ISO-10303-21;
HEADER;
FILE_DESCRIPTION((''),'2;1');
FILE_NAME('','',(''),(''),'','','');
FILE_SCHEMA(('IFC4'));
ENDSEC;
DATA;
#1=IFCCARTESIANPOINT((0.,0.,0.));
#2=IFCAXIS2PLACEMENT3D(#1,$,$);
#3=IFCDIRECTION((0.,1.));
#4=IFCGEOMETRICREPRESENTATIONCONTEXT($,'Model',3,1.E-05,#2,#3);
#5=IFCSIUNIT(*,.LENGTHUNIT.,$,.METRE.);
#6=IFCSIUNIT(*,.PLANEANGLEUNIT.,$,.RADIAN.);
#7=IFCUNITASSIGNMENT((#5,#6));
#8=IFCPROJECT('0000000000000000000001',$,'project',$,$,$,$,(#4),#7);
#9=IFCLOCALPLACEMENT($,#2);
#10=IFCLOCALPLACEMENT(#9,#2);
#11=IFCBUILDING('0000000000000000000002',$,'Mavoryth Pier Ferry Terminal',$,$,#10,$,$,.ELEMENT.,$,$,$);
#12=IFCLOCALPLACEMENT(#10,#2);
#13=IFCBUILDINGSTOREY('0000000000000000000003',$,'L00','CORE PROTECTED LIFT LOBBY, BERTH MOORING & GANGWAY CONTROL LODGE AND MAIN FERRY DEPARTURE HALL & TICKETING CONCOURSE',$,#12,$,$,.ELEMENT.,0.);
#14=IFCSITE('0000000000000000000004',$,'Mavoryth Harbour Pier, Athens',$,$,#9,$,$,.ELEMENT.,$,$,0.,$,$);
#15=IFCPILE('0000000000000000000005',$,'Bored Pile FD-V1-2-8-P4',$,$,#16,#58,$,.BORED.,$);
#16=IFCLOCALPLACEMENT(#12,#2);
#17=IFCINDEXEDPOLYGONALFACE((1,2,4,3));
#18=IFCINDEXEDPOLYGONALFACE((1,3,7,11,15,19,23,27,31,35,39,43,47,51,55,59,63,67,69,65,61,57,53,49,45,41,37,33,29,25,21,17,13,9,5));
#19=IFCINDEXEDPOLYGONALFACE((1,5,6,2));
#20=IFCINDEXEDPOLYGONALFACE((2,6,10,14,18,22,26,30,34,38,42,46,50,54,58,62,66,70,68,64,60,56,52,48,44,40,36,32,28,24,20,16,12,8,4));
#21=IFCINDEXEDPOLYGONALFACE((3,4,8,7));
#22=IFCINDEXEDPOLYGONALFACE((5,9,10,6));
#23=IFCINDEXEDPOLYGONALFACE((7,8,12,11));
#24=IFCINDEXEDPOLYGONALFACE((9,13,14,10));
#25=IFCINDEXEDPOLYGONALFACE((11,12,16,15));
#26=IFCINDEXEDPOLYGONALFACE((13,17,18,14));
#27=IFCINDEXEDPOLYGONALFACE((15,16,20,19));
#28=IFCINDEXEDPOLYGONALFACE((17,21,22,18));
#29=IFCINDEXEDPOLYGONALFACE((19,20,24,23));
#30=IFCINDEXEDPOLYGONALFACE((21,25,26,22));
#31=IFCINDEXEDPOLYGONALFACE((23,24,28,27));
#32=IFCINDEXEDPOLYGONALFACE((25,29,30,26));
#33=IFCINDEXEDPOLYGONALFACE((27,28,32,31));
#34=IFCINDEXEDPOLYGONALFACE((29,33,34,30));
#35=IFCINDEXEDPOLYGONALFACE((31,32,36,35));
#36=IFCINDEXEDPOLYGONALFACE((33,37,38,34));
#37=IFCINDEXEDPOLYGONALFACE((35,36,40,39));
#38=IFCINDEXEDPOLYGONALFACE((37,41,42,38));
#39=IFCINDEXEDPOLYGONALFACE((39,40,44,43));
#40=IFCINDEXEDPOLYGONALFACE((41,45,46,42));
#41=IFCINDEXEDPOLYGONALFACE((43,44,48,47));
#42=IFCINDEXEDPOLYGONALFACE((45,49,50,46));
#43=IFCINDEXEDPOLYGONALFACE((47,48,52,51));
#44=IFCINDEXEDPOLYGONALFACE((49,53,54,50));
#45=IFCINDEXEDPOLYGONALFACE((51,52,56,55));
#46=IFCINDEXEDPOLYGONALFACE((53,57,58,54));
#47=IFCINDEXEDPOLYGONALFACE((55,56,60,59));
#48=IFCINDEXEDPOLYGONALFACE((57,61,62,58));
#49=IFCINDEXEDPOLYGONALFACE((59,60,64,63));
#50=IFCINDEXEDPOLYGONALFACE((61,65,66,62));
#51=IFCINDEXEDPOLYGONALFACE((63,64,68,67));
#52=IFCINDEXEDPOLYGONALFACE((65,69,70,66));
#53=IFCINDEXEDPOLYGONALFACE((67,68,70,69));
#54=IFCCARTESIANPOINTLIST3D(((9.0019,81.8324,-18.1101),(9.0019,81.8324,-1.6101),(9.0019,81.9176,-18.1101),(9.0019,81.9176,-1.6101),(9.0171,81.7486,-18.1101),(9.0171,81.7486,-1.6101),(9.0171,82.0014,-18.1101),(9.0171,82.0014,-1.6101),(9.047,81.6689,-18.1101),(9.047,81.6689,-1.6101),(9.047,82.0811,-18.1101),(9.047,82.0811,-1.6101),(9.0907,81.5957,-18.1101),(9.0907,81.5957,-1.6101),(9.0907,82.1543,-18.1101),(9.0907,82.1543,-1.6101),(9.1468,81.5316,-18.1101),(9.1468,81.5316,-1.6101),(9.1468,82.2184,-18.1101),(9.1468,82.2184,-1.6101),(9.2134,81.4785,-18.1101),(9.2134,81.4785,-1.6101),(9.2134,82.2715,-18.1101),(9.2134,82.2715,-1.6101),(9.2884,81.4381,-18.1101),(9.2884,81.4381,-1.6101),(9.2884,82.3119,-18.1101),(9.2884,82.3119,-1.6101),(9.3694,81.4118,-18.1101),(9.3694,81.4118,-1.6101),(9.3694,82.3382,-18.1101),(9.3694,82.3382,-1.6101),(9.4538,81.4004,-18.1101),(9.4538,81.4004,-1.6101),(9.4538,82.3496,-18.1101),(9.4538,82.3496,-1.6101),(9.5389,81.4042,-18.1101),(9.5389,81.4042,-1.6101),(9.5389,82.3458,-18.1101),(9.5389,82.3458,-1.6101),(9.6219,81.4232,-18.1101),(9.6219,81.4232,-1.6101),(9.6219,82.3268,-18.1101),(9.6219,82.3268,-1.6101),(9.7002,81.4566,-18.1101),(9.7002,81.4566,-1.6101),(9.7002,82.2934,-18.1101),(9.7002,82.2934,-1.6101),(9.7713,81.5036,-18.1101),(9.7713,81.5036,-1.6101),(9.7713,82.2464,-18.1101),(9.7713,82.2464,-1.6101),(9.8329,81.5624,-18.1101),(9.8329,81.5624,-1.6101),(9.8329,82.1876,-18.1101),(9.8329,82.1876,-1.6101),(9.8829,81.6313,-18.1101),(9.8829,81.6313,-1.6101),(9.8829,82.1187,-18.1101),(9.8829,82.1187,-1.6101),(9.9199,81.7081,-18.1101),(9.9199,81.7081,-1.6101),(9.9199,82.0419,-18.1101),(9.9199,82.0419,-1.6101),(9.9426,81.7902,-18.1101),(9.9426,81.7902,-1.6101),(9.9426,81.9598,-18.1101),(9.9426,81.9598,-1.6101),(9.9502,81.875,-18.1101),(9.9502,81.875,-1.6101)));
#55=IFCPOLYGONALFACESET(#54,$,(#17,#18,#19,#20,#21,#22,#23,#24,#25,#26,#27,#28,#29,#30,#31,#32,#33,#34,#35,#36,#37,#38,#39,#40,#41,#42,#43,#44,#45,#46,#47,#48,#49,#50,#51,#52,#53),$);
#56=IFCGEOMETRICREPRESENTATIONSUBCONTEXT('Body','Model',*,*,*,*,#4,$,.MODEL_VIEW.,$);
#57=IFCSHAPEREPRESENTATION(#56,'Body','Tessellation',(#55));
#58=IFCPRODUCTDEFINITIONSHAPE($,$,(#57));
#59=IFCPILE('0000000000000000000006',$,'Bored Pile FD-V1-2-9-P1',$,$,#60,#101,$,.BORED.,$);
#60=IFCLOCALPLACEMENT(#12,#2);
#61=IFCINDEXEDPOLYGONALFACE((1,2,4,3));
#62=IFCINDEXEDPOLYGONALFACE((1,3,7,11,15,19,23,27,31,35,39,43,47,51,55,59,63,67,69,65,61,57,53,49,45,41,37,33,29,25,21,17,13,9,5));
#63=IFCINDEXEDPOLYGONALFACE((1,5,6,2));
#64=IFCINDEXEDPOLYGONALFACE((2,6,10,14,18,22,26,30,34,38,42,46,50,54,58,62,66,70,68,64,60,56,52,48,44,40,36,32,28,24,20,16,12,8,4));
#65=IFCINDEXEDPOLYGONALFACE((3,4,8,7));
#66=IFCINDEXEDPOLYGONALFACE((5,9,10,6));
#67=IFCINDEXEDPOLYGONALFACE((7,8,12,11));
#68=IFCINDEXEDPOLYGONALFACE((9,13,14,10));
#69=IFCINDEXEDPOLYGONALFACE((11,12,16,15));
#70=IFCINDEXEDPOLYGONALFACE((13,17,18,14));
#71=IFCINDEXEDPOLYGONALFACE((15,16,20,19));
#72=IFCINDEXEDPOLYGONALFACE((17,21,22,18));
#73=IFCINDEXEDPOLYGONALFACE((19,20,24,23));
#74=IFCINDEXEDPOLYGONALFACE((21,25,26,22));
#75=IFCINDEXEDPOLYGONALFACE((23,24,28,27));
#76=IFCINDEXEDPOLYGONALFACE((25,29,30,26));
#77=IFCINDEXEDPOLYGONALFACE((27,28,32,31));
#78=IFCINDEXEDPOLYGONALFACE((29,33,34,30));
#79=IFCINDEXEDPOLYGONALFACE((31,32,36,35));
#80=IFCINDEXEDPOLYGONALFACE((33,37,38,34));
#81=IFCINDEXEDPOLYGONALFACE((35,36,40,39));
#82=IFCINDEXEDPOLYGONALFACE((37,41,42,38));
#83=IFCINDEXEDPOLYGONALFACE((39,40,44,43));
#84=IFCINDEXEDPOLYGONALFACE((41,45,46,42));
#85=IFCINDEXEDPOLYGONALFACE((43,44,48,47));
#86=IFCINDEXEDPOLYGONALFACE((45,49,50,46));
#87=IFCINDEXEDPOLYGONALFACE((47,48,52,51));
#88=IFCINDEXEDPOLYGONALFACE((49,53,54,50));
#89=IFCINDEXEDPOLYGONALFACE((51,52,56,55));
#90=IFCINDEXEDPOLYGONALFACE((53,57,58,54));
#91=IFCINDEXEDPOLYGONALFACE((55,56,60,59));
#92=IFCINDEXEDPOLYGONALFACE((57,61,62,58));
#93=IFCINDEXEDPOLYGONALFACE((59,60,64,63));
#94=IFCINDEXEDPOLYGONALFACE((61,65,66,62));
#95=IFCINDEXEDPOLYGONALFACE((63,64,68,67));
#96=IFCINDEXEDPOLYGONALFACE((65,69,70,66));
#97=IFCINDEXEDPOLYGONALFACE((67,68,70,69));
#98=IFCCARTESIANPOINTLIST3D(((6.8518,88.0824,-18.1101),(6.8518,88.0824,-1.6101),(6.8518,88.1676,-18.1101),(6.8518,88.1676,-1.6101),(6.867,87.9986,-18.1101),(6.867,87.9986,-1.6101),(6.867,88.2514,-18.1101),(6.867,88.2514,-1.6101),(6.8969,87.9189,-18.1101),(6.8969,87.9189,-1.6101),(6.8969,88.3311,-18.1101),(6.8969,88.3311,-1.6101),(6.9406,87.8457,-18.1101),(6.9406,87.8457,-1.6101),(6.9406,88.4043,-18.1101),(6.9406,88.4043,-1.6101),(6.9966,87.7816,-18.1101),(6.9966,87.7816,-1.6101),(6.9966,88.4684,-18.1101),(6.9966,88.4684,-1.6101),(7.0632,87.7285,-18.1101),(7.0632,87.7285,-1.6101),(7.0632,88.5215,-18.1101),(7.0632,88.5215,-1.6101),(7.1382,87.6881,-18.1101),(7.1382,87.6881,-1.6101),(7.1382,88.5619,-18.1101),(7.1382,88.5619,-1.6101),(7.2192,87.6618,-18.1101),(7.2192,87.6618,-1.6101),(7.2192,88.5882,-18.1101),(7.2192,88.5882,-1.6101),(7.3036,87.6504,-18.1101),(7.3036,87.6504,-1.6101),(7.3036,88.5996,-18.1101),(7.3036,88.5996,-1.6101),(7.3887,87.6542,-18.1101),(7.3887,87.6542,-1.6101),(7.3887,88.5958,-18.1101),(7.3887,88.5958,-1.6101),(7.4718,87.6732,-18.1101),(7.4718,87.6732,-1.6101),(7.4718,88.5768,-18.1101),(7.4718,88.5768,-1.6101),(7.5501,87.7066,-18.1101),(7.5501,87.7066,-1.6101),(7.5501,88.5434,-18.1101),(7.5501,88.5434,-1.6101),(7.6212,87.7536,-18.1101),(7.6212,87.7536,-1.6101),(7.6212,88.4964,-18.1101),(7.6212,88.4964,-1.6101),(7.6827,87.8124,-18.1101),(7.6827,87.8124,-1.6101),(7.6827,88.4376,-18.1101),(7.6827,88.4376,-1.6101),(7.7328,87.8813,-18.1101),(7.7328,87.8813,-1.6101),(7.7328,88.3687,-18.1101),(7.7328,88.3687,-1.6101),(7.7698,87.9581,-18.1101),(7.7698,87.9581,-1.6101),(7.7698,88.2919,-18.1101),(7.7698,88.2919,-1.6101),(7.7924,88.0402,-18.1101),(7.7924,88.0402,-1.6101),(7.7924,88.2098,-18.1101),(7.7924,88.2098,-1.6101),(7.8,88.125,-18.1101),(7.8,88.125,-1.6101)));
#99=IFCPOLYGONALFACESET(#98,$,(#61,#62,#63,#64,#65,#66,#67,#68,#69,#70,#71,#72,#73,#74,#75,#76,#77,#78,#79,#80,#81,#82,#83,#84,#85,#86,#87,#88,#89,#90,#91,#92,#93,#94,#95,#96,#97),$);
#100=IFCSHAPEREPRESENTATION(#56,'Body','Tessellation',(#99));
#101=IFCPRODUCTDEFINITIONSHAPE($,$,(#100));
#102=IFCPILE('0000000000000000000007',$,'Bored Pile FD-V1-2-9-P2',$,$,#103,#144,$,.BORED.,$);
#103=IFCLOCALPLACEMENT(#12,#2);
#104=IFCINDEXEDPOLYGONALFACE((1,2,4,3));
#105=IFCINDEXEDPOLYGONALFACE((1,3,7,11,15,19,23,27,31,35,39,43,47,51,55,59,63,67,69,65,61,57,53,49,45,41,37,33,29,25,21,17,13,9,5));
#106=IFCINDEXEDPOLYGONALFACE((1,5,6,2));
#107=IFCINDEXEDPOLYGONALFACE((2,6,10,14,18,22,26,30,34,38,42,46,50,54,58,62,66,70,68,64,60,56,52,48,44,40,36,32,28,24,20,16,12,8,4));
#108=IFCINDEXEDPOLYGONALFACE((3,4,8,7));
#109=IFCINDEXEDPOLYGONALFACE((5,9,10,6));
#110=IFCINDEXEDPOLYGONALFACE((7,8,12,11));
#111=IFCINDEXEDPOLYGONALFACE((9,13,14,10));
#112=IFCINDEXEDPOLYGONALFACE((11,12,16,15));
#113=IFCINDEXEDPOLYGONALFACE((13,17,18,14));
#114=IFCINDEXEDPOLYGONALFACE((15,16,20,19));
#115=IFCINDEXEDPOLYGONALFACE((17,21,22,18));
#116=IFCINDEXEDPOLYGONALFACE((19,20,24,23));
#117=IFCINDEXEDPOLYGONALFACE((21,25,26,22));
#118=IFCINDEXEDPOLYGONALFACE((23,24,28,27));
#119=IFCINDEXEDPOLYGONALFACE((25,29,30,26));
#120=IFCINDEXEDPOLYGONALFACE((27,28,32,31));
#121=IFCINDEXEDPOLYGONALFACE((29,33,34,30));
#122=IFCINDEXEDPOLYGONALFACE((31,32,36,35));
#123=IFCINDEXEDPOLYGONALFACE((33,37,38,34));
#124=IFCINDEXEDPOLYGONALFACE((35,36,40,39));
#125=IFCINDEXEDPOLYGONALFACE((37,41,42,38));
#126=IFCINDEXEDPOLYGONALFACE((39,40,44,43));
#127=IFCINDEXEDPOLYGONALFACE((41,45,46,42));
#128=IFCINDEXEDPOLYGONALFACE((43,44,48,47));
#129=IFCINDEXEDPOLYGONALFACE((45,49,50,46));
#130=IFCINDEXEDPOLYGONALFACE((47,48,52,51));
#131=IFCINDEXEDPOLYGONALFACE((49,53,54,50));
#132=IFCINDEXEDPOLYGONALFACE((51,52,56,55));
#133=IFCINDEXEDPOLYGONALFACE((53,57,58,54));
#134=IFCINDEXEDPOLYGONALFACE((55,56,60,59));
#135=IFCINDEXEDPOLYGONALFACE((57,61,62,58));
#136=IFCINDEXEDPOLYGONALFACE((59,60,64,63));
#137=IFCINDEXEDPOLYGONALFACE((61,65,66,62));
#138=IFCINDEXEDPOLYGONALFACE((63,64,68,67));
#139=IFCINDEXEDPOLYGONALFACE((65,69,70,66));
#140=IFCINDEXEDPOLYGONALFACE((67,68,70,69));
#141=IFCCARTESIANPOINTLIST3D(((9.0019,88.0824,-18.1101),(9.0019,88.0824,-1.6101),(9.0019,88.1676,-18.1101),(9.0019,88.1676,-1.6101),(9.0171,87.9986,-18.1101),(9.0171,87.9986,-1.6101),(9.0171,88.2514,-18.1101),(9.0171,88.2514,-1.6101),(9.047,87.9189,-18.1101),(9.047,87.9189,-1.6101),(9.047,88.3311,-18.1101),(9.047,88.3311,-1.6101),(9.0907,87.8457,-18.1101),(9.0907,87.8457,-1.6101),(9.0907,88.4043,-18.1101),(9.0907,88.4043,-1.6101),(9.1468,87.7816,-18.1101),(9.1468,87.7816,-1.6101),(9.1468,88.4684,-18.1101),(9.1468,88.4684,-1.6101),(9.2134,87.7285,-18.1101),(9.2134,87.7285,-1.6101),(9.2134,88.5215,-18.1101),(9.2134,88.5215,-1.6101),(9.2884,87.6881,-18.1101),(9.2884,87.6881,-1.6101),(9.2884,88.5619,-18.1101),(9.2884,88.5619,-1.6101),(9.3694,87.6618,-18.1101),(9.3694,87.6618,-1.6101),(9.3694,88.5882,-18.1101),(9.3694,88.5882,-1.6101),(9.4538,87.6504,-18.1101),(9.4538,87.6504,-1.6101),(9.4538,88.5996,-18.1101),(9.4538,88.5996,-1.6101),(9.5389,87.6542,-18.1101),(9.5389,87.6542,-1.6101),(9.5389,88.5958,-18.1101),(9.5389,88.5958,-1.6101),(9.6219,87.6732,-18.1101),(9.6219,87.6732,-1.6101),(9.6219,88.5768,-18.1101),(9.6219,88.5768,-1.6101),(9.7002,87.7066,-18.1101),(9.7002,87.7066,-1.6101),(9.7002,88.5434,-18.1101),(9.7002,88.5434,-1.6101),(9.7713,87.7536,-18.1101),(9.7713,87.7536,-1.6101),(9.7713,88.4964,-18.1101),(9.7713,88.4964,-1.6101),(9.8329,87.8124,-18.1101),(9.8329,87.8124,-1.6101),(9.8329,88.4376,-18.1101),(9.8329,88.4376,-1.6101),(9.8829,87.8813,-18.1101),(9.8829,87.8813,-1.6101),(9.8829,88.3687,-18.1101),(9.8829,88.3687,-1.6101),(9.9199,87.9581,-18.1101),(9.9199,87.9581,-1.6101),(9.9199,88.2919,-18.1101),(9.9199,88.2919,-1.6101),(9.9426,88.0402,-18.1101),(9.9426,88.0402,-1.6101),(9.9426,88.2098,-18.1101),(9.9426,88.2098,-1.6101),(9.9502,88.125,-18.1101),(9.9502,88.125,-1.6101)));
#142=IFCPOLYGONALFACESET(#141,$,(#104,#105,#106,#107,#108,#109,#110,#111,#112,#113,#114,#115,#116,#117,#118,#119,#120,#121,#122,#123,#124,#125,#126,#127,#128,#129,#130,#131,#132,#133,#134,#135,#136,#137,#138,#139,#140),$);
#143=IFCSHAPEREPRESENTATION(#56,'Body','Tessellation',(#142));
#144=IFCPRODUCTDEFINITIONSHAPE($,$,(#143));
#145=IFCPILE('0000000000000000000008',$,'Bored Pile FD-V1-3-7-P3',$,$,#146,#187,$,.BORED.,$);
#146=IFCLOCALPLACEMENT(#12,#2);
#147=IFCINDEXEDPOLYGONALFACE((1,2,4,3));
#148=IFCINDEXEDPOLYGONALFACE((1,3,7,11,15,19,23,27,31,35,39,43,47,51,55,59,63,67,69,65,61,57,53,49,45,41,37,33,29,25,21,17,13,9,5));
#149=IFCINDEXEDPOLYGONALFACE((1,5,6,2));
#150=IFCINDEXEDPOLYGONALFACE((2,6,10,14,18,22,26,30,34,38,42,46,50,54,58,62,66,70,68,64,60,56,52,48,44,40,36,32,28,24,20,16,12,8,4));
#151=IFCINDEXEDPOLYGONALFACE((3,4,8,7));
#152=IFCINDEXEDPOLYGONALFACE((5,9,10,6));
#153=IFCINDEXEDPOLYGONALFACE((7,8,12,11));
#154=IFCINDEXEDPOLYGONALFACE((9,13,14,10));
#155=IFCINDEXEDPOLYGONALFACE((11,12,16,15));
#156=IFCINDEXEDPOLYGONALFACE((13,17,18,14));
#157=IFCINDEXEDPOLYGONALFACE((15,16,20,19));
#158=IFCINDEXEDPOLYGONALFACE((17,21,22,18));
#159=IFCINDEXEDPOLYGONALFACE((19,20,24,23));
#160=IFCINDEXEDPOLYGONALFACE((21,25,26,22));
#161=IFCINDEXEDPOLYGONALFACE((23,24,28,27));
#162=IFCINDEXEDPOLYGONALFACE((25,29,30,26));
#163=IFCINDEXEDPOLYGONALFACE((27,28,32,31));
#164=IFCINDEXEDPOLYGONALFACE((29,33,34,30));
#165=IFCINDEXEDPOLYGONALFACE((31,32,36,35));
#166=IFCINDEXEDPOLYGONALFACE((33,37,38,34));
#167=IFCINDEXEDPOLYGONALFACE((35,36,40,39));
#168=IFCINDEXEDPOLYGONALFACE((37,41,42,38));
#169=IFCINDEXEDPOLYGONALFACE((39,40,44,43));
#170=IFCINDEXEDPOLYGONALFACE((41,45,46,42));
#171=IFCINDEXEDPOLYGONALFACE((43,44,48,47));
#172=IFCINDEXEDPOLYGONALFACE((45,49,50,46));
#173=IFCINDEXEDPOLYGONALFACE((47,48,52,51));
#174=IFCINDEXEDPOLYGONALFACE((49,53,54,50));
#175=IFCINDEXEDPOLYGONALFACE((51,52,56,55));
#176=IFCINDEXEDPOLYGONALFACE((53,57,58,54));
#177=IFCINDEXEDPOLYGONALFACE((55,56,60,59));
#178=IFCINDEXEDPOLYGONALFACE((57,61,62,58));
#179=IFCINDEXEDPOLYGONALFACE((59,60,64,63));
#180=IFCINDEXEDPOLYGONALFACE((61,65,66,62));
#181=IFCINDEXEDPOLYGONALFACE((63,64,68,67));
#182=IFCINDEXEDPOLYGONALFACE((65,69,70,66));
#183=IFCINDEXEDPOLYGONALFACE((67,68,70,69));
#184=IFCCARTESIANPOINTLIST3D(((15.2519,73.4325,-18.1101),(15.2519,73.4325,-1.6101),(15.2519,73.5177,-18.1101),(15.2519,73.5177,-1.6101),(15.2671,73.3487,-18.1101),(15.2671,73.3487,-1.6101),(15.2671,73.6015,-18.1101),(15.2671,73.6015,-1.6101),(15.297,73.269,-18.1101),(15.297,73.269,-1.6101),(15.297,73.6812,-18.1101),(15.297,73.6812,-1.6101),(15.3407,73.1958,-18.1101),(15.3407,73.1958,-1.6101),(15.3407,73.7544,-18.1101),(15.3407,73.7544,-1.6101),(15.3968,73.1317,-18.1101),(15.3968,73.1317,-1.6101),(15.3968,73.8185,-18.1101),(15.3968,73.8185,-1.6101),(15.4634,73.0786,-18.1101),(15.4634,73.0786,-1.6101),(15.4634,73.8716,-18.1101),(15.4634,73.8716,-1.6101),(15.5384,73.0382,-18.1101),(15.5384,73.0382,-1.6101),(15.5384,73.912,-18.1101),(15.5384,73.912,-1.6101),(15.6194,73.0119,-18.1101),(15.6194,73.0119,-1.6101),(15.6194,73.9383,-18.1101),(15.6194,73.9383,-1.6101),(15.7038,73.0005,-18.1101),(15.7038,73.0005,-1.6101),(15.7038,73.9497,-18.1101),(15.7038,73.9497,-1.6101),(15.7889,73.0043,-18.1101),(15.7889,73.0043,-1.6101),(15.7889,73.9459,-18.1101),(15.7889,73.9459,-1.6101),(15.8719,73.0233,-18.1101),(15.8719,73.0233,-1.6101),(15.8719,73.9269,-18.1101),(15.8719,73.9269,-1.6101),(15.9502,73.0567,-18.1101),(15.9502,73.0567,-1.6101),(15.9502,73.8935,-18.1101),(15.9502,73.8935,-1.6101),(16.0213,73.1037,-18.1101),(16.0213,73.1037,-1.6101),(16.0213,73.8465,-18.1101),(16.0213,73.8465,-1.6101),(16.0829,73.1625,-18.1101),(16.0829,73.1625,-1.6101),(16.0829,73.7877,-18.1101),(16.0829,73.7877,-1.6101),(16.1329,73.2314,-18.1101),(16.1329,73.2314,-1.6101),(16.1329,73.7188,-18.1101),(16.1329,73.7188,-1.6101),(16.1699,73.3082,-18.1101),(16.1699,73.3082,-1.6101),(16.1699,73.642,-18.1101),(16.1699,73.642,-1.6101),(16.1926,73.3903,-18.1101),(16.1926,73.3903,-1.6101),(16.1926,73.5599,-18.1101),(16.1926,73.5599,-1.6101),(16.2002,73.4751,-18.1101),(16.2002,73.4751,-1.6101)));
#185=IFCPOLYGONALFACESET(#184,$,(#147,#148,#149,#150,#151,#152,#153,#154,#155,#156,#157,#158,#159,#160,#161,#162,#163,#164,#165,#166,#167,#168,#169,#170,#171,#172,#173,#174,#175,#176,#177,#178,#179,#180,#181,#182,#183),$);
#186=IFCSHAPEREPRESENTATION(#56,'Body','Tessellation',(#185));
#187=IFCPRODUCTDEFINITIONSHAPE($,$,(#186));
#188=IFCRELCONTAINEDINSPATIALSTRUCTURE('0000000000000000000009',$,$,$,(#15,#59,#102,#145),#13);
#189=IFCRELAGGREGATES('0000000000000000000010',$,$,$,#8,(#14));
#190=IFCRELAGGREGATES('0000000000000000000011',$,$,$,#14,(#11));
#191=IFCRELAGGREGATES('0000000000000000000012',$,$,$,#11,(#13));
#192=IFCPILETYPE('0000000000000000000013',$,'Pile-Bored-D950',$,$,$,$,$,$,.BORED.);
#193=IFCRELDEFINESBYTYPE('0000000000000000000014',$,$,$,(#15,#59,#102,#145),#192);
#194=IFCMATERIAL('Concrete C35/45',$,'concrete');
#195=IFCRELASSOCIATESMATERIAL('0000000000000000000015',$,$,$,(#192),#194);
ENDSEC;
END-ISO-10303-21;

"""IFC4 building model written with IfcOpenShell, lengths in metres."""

from ifc_helpers import new_model, si_unit, direction, frame, origin, origin_2d, place, context, subcontext, project, spatial, circle, extrude, material, material_profile, profile_set, type_object, element, save


model = new_model("IFC4")

# Units and contexts
model_context = context("Model", 3, precision=1e-05, world=origin(), true_north=direction((0.0, 1.0)))
body_context = subcontext(model_context, "Body", "Model", "MODEL_VIEW")
ifc_project = project(units=[si_unit("LENGTHUNIT", "METRE"), si_unit("PLANEANGLEUNIT", "RADIAN")], contexts=[model_context])

# Site, building, storey
site_placement = place(None, origin())
site = spatial("IfcSite", under=ifc_project, at=site_placement, Name="Mavoryth Harbour Pier, Athens", CompositionType="ELEMENT", RefElevation=0.0)
building_placement = place(site_placement, origin())
building = spatial("IfcBuilding", under=site, at=building_placement, Name="Mavoryth Pier Ferry Terminal", CompositionType="ELEMENT")
storey_placement = place(building_placement, origin())
storey = spatial("IfcBuildingStorey", under=building, at=storey_placement, Name="L00", Description="CORE PROTECTED LIFT LOBBY, BERTH MOORING & GANGWAY CONTROL LODGE AND MAIN FERRY DEPARTURE HALL & TICKETING CONCOURSE", CompositionType="ELEMENT", Elevation=0.0)

# Shared definitions
ifc_material_1 = material(Name="Concrete C35/45", Category="concrete")

# Piles
ifc_material_profile_1 = material_profile(ifc_material_1, circle(Radius=0.4751, at=origin_2d()), Name="PILE D950", Category="concrete")
ifc_profile_set_1 = profile_set([ifc_material_profile_1], Name="Concrete C35/45 - PILE D950")
pile_type = type_object("IfcPileType", Name="Pile-Bored-D950", PredefinedType="BORED", material=ifc_profile_set_1)
for number, where, z_axis, x_axis, name in (
    (1, (9.4751, 81.875, -1.6101), (0.0, 0.0, -1.0), (1.0, 0.0, 0.0), "Bored Pile FD-V1-2-8-P4"),
    (2, (7.325, 88.125, -1.6101), (0.0, 0.0, -1.0), (1.0, 0.0, 0.0), "Bored Pile FD-V1-2-9-P1"),
    (3, (9.4751, 88.125, -1.6101), (0.0, 0.0, -1.0), (1.0, 0.0, 0.0), "Bored Pile FD-V1-2-9-P2"),
    (4, (15.7251, 73.4751, -1.6101), (0.0, 0.0, -1.0), (1.0, 0.0, 0.0), "Bored Pile FD-V1-3-7-P3"),
):
    element("IfcPile", number, at=place(storey_placement, frame(where, z_axis=z_axis, x_axis=x_axis)), inside=storey, type_object=pile_type, Name=name, PredefinedType="BORED", context=body_context, shape_type="SweptSolid", body=[
        extrude(circle(Radius=0.4751, at=origin_2d()), origin(), (0.0, 0.0, 1.0), 16.5),
    ])

save(model, "model.ifc")
